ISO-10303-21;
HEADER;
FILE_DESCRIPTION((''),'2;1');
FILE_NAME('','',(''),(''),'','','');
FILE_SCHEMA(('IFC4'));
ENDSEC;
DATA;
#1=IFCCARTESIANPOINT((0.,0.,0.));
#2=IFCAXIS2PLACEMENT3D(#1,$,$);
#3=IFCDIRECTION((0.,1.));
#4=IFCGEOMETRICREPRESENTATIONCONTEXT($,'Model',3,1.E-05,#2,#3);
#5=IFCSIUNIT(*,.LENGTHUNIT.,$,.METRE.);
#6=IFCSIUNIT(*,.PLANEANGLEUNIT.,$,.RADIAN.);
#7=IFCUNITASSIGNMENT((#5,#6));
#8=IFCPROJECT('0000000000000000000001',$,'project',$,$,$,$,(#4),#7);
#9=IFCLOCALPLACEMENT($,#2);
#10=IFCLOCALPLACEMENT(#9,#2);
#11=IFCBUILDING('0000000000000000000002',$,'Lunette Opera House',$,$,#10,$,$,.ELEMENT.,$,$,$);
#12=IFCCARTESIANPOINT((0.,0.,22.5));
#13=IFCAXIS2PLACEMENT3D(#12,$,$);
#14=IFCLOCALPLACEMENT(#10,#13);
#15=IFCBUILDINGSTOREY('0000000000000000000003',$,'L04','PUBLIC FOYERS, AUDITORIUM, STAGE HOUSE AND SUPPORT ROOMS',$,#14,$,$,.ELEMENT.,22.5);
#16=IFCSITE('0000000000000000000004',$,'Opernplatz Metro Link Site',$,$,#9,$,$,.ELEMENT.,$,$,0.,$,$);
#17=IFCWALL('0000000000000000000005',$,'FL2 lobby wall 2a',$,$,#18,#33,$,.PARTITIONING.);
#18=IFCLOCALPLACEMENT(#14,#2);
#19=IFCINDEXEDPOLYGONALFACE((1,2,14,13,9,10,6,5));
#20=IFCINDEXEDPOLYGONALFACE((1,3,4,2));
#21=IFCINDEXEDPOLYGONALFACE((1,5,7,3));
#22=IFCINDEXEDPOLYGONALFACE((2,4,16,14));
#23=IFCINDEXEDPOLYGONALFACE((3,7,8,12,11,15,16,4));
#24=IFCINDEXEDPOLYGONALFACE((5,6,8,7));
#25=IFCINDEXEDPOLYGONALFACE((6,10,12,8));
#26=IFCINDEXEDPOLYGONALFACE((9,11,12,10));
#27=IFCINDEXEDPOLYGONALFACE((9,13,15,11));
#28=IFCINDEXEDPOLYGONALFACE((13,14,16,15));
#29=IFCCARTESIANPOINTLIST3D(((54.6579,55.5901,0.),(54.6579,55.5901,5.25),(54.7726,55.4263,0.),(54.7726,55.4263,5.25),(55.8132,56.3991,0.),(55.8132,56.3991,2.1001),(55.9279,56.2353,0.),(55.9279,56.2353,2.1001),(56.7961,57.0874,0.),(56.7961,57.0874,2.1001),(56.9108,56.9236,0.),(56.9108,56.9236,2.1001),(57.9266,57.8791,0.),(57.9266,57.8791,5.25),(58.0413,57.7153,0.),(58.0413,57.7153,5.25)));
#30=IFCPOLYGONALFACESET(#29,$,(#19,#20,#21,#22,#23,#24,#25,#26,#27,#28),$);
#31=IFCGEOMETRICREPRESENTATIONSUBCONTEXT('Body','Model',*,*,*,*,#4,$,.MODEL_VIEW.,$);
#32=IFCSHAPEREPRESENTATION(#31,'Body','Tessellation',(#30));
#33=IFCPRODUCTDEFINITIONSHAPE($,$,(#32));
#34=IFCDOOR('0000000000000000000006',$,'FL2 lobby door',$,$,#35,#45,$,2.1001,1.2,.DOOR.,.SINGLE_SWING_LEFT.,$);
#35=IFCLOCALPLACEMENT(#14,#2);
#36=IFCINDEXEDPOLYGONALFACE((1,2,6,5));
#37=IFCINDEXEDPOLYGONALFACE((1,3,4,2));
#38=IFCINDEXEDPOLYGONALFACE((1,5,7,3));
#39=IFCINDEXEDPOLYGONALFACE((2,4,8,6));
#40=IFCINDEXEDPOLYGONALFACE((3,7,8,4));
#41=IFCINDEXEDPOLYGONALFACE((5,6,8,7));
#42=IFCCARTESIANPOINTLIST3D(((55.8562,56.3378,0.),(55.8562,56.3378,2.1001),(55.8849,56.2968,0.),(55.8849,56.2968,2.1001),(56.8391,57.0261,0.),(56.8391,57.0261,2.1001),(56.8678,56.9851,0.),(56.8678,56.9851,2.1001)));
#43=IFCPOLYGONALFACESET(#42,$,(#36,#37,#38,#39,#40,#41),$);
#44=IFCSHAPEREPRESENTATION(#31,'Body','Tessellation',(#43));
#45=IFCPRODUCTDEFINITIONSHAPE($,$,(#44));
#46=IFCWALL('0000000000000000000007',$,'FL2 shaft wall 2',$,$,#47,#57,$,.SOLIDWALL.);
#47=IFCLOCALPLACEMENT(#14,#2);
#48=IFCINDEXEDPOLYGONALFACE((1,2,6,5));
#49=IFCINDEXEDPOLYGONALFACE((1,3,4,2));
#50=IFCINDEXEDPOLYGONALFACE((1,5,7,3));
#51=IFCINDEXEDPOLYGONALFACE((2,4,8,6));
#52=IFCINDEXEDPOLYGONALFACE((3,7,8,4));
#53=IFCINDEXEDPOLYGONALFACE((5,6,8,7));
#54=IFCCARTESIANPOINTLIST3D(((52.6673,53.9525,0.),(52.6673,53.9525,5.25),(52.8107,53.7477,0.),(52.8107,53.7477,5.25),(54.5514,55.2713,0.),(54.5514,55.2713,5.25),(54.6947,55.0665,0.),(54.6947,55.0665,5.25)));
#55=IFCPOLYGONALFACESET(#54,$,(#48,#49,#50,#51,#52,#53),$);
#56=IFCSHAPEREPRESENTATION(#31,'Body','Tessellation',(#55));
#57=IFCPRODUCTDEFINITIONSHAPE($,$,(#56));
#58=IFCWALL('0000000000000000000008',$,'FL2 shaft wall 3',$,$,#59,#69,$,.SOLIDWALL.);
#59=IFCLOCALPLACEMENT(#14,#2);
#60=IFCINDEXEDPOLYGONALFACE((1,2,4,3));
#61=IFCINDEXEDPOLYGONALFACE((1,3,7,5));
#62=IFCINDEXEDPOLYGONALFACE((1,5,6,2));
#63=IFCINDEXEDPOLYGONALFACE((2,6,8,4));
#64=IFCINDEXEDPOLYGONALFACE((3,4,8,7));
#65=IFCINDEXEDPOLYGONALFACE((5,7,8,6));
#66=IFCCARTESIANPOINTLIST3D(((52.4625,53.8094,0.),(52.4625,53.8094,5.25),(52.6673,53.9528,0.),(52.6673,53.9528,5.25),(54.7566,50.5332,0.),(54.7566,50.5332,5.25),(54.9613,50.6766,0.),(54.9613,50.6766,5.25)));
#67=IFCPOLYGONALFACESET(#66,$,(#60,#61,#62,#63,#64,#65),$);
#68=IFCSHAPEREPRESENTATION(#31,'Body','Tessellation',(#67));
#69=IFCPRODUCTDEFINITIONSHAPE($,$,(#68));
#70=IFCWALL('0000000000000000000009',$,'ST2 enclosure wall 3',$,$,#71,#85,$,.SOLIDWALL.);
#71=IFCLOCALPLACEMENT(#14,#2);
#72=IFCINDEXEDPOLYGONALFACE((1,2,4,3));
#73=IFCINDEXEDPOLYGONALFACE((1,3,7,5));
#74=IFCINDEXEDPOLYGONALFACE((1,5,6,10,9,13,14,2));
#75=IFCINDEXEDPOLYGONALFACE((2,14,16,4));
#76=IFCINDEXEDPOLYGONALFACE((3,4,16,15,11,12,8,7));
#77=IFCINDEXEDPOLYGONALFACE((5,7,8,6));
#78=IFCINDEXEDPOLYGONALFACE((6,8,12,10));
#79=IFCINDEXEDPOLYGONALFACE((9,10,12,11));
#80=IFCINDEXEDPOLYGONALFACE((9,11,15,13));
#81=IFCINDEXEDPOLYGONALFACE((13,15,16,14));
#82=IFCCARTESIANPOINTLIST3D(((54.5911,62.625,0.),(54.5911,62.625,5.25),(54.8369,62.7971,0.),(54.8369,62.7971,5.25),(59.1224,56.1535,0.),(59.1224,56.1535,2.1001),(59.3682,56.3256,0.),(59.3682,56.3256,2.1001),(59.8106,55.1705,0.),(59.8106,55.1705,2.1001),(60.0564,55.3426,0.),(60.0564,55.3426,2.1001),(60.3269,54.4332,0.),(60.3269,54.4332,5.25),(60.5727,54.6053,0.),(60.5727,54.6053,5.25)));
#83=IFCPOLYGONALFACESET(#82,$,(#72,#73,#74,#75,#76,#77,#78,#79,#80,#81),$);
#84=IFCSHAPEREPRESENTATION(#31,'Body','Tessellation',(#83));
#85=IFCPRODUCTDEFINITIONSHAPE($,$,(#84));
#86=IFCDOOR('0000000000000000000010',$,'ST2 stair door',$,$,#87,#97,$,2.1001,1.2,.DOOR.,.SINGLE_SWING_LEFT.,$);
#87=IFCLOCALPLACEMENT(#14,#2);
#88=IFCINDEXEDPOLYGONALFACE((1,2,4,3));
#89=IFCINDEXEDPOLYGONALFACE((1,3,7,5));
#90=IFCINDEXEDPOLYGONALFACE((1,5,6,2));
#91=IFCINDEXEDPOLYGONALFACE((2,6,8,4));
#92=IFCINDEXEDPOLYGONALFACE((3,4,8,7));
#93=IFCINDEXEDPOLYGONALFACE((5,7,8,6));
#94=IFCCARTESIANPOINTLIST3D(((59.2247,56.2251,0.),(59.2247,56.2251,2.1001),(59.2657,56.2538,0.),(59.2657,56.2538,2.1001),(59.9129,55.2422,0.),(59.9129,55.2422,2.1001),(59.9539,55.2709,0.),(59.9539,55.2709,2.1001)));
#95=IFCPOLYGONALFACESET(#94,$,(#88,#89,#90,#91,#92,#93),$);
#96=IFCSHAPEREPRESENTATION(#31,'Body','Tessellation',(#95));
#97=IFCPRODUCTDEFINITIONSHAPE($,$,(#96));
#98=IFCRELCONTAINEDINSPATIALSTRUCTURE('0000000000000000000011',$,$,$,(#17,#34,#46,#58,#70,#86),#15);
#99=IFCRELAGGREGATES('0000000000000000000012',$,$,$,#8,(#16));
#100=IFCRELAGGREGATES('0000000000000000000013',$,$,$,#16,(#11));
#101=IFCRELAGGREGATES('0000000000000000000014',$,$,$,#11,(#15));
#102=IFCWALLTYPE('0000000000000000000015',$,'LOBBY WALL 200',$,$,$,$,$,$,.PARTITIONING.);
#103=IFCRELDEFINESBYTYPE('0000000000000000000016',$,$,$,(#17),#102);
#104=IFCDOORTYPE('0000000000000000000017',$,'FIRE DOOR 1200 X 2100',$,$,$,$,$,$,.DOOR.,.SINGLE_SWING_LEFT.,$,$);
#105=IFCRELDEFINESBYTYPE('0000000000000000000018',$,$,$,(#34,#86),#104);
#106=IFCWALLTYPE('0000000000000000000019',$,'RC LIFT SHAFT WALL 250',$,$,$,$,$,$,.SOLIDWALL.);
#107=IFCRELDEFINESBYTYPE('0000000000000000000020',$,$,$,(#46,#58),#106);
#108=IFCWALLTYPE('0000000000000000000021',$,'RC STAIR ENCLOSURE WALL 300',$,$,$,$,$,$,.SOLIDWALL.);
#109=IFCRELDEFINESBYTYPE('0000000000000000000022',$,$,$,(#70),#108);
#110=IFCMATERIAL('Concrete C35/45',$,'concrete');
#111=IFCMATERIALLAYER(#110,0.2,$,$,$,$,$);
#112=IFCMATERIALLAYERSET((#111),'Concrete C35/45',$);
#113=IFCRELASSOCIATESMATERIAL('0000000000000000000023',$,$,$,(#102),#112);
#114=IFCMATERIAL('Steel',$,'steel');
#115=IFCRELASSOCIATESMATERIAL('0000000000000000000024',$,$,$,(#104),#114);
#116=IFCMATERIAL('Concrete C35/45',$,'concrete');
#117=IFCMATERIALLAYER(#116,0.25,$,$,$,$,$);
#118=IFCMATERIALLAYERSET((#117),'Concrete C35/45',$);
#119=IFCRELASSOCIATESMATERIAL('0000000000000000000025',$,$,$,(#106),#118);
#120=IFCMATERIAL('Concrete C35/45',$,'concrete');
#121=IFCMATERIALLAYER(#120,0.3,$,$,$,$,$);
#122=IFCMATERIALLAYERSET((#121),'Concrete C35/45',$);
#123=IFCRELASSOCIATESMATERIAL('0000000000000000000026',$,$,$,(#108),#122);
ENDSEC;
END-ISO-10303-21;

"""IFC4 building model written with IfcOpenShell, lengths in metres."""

from ifc_helpers import new_model, si_unit, direction, frame, frame_2d, origin, place, context, subcontext, project, spatial, rectangle, extrude, material, layer, layer_set, type_object, element, fill, save


model = new_model("IFC4")

# Units and contexts
model_context = context("Model", 3, precision=1e-05, world=origin(), true_north=direction((0.0, 1.0)))
body_context = subcontext(model_context, "Body", "Model", "MODEL_VIEW")
ifc_project = project(units=[si_unit("LENGTHUNIT", "METRE"), si_unit("PLANEANGLEUNIT", "RADIAN")], contexts=[model_context])

# Site, building, storey
site_placement = place(None, origin())
site = spatial("IfcSite", under=ifc_project, at=site_placement, Name="Opernplatz Metro Link Site", CompositionType="ELEMENT", RefElevation=0.0)
building_placement = place(site_placement, origin())
building = spatial("IfcBuilding", under=site, at=building_placement, Name="Lunette Opera House", CompositionType="ELEMENT")
storey_placement = place(building_placement, frame((0.0, 0.0, 22.5)))
storey = spatial("IfcBuildingStorey", under=building, at=storey_placement, Name="L04", Description="PUBLIC FOYERS, AUDITORIUM, STAGE HOUSE AND SUPPORT ROOMS", CompositionType="ELEMENT", Elevation=22.5)

# Wall, opening, door
ifc_material_1 = material(Name="Concrete C35/45", Category="concrete")
ifc_layer_1 = layer(ifc_material_1, 0.2)
ifc_layer_set_1 = layer_set([ifc_layer_1], Name="Concrete C35/45")
wall_type_1 = type_object("IfcWallType", Name="LOBBY WALL 200", PredefinedType="PARTITIONING", material=ifc_layer_set_1)
wall_1_placement = place(storey_placement, frame((57.9839, 57.7971, 0.0), z_axis=(0.0, 0.0, 1.0), x_axis=(-0.819126, -0.573614, 0.0)))
wall_1 = element("IfcWall", 1, at=wall_1_placement, inside=storey, type_object=wall_type_1, Name="FL2 lobby wall 2a", PredefinedType="PARTITIONING", context=body_context, shape_type="SweptSolid", body=[
    extrude(rectangle(XDim=3.9905, YDim=0.2, at=frame_2d((1.9951, 0.0))), origin(), (0.0, 0.0, 1.0), 5.25),
])
opening_1_placement = place(wall_1_placement, frame((1.3799, 0.0, 0.0)))
opening_1 = element("IfcOpeningElement", 2, at=opening_1_placement, cuts=wall_1, PredefinedType="OPENING", context=body_context, shape_type="SweptSolid", body=[
    extrude(rectangle(XDim=1.2, YDim=2.1001, at=frame_2d((0.6001, 1.05))), frame((0.0, 0.1121, 0.0), z_axis=(0.0, -1.0, 0.0), x_axis=(1.0, 0.0, 0.0)), (0.0, 0.0, 1.0), 0.2239),
])
ifc_material_2 = material(Name="Steel", Category="steel")
door_type = type_object("IfcDoorType", Name="FIRE DOOR 1200 X 2100", OperationType="SINGLE_SWING_LEFT", PredefinedType="DOOR", material=ifc_material_2)
door_1_placement = place(opening_1_placement, origin())
door_1 = element("IfcDoor", 3, at=door_1_placement, inside=storey, type_object=door_type, Name="FL2 lobby door", OperationType="SINGLE_SWING_LEFT", OverallHeight=2.1001, OverallWidth=1.2, PredefinedType="DOOR", context=body_context, shape_type="SweptSolid", body=[
    extrude(rectangle(XDim=1.2, YDim=2.1001, at=frame_2d((0.6001, 1.05))), frame((0.0, 0.0249, 0.0), z_axis=(0.0, -1.0, 0.0), x_axis=(1.0, 0.0, 0.0)), (0.0, 0.0, 1.0), 0.05),
])
fill(opening_1, door_1)

# Walls
ifc_material_3 = material(Name="Concrete C35/45", Category="concrete")
ifc_layer_2 = layer(ifc_material_3, 0.25)
ifc_layer_set_2 = layer_set([ifc_layer_2], Name="Concrete C35/45")
wall_type_2 = type_object("IfcWallType", Name="RC LIFT SHAFT WALL 250", PredefinedType="SOLIDWALL", material=ifc_layer_set_2)
wall_2_placement = place(storey_placement, frame((54.623, 55.1689, 0.0), z_axis=(0.0, 0.0, 1.0), x_axis=(-0.819227, -0.573469, 0.0)))
element("IfcWall", 4, at=wall_2_placement, inside=storey, type_object=wall_type_2, Name="FL2 shaft wall 2", PredefinedType="SOLIDWALL", context=body_context, shape_type="SweptSolid", body=[
    extrude(rectangle(XDim=2.2998, YDim=0.25, at=frame_2d((1.1499, 0.0))), origin(), (0.0, 0.0, 1.0), 5.25),
])
wall_3_placement = place(storey_placement, frame((52.5649, 53.8811, 0.0), z_axis=(0.0, 0.0, 1.0), x_axis=(0.573573, -0.819154, 0.0)))
element("IfcWall", 5, at=wall_3_placement, inside=storey, type_object=wall_type_2, Name="FL2 shaft wall 3", PredefinedType="SOLIDWALL", context=body_context, shape_type="SweptSolid", body=[
    extrude(rectangle(XDim=3.9995, YDim=0.25, at=frame_2d((1.9998, 0.0))), origin(), (0.0, 0.0, 1.0), 5.25),
])

# Wall, opening, door
ifc_material_4 = material(Name="Concrete C35/45", Category="concrete")
ifc_layer_3 = layer(ifc_material_4, 0.3)
ifc_layer_set_3 = layer_set([ifc_layer_3], Name="Concrete C35/45")
wall_type_3 = type_object("IfcWallType", Name="RC STAIR ENCLOSURE WALL 300", PredefinedType="SOLIDWALL", material=ifc_layer_set_3)
wall_4_placement = place(storey_placement, frame((54.7141, 62.7109, 0.0), z_axis=(0.0, 0.0, 1.0), x_axis=(0.573564, -0.819161, 0.0)))
wall_4 = element("IfcWall", 6, at=wall_4_placement, inside=storey, type_object=wall_type_3, Name="ST2 enclosure wall 3", PredefinedType="SOLIDWALL", context=body_context, shape_type="SweptSolid", body=[
    extrude(rectangle(XDim=10.0002, YDim=0.3, at=frame_2d((5.0, 0.0))), origin(), (0.0, 0.0, 1.0), 5.25),
])
opening_2_placement = place(wall_4_placement, frame((7.8999, 0.0, 0.0)))
opening_2 = element("IfcOpeningElement", 7, at=opening_2_placement, cuts=wall_4, PredefinedType="OPENING", context=body_context, shape_type="SweptSolid", body=[
    extrude(rectangle(XDim=1.2, YDim=2.1001, at=frame_2d((0.6001, 1.05))), frame((0.0, 0.1621, 0.0), z_axis=(0.0, -1.0, 0.0), x_axis=(1.0, 0.0, 0.0)), (0.0, 0.0, 1.0), 0.324),
])
door_2_placement = place(opening_2_placement, origin())
door_2 = element("IfcDoor", 8, at=door_2_placement, inside=storey, type_object=door_type, Name="ST2 stair door", OperationType="SINGLE_SWING_LEFT", OverallHeight=2.1001, OverallWidth=1.2, PredefinedType="DOOR", context=body_context, shape_type="SweptSolid", body=[
    extrude(rectangle(XDim=1.2, YDim=2.1001, at=frame_2d((0.6001, 1.05))), frame((0.0, 0.0249, 0.0), z_axis=(0.0, -1.0, 0.0), x_axis=(1.0, 0.0, 0.0)), (0.0, 0.0, 1.0), 0.05),
])
fill(opening_2, door_2)

save(model, "model.ifc")
